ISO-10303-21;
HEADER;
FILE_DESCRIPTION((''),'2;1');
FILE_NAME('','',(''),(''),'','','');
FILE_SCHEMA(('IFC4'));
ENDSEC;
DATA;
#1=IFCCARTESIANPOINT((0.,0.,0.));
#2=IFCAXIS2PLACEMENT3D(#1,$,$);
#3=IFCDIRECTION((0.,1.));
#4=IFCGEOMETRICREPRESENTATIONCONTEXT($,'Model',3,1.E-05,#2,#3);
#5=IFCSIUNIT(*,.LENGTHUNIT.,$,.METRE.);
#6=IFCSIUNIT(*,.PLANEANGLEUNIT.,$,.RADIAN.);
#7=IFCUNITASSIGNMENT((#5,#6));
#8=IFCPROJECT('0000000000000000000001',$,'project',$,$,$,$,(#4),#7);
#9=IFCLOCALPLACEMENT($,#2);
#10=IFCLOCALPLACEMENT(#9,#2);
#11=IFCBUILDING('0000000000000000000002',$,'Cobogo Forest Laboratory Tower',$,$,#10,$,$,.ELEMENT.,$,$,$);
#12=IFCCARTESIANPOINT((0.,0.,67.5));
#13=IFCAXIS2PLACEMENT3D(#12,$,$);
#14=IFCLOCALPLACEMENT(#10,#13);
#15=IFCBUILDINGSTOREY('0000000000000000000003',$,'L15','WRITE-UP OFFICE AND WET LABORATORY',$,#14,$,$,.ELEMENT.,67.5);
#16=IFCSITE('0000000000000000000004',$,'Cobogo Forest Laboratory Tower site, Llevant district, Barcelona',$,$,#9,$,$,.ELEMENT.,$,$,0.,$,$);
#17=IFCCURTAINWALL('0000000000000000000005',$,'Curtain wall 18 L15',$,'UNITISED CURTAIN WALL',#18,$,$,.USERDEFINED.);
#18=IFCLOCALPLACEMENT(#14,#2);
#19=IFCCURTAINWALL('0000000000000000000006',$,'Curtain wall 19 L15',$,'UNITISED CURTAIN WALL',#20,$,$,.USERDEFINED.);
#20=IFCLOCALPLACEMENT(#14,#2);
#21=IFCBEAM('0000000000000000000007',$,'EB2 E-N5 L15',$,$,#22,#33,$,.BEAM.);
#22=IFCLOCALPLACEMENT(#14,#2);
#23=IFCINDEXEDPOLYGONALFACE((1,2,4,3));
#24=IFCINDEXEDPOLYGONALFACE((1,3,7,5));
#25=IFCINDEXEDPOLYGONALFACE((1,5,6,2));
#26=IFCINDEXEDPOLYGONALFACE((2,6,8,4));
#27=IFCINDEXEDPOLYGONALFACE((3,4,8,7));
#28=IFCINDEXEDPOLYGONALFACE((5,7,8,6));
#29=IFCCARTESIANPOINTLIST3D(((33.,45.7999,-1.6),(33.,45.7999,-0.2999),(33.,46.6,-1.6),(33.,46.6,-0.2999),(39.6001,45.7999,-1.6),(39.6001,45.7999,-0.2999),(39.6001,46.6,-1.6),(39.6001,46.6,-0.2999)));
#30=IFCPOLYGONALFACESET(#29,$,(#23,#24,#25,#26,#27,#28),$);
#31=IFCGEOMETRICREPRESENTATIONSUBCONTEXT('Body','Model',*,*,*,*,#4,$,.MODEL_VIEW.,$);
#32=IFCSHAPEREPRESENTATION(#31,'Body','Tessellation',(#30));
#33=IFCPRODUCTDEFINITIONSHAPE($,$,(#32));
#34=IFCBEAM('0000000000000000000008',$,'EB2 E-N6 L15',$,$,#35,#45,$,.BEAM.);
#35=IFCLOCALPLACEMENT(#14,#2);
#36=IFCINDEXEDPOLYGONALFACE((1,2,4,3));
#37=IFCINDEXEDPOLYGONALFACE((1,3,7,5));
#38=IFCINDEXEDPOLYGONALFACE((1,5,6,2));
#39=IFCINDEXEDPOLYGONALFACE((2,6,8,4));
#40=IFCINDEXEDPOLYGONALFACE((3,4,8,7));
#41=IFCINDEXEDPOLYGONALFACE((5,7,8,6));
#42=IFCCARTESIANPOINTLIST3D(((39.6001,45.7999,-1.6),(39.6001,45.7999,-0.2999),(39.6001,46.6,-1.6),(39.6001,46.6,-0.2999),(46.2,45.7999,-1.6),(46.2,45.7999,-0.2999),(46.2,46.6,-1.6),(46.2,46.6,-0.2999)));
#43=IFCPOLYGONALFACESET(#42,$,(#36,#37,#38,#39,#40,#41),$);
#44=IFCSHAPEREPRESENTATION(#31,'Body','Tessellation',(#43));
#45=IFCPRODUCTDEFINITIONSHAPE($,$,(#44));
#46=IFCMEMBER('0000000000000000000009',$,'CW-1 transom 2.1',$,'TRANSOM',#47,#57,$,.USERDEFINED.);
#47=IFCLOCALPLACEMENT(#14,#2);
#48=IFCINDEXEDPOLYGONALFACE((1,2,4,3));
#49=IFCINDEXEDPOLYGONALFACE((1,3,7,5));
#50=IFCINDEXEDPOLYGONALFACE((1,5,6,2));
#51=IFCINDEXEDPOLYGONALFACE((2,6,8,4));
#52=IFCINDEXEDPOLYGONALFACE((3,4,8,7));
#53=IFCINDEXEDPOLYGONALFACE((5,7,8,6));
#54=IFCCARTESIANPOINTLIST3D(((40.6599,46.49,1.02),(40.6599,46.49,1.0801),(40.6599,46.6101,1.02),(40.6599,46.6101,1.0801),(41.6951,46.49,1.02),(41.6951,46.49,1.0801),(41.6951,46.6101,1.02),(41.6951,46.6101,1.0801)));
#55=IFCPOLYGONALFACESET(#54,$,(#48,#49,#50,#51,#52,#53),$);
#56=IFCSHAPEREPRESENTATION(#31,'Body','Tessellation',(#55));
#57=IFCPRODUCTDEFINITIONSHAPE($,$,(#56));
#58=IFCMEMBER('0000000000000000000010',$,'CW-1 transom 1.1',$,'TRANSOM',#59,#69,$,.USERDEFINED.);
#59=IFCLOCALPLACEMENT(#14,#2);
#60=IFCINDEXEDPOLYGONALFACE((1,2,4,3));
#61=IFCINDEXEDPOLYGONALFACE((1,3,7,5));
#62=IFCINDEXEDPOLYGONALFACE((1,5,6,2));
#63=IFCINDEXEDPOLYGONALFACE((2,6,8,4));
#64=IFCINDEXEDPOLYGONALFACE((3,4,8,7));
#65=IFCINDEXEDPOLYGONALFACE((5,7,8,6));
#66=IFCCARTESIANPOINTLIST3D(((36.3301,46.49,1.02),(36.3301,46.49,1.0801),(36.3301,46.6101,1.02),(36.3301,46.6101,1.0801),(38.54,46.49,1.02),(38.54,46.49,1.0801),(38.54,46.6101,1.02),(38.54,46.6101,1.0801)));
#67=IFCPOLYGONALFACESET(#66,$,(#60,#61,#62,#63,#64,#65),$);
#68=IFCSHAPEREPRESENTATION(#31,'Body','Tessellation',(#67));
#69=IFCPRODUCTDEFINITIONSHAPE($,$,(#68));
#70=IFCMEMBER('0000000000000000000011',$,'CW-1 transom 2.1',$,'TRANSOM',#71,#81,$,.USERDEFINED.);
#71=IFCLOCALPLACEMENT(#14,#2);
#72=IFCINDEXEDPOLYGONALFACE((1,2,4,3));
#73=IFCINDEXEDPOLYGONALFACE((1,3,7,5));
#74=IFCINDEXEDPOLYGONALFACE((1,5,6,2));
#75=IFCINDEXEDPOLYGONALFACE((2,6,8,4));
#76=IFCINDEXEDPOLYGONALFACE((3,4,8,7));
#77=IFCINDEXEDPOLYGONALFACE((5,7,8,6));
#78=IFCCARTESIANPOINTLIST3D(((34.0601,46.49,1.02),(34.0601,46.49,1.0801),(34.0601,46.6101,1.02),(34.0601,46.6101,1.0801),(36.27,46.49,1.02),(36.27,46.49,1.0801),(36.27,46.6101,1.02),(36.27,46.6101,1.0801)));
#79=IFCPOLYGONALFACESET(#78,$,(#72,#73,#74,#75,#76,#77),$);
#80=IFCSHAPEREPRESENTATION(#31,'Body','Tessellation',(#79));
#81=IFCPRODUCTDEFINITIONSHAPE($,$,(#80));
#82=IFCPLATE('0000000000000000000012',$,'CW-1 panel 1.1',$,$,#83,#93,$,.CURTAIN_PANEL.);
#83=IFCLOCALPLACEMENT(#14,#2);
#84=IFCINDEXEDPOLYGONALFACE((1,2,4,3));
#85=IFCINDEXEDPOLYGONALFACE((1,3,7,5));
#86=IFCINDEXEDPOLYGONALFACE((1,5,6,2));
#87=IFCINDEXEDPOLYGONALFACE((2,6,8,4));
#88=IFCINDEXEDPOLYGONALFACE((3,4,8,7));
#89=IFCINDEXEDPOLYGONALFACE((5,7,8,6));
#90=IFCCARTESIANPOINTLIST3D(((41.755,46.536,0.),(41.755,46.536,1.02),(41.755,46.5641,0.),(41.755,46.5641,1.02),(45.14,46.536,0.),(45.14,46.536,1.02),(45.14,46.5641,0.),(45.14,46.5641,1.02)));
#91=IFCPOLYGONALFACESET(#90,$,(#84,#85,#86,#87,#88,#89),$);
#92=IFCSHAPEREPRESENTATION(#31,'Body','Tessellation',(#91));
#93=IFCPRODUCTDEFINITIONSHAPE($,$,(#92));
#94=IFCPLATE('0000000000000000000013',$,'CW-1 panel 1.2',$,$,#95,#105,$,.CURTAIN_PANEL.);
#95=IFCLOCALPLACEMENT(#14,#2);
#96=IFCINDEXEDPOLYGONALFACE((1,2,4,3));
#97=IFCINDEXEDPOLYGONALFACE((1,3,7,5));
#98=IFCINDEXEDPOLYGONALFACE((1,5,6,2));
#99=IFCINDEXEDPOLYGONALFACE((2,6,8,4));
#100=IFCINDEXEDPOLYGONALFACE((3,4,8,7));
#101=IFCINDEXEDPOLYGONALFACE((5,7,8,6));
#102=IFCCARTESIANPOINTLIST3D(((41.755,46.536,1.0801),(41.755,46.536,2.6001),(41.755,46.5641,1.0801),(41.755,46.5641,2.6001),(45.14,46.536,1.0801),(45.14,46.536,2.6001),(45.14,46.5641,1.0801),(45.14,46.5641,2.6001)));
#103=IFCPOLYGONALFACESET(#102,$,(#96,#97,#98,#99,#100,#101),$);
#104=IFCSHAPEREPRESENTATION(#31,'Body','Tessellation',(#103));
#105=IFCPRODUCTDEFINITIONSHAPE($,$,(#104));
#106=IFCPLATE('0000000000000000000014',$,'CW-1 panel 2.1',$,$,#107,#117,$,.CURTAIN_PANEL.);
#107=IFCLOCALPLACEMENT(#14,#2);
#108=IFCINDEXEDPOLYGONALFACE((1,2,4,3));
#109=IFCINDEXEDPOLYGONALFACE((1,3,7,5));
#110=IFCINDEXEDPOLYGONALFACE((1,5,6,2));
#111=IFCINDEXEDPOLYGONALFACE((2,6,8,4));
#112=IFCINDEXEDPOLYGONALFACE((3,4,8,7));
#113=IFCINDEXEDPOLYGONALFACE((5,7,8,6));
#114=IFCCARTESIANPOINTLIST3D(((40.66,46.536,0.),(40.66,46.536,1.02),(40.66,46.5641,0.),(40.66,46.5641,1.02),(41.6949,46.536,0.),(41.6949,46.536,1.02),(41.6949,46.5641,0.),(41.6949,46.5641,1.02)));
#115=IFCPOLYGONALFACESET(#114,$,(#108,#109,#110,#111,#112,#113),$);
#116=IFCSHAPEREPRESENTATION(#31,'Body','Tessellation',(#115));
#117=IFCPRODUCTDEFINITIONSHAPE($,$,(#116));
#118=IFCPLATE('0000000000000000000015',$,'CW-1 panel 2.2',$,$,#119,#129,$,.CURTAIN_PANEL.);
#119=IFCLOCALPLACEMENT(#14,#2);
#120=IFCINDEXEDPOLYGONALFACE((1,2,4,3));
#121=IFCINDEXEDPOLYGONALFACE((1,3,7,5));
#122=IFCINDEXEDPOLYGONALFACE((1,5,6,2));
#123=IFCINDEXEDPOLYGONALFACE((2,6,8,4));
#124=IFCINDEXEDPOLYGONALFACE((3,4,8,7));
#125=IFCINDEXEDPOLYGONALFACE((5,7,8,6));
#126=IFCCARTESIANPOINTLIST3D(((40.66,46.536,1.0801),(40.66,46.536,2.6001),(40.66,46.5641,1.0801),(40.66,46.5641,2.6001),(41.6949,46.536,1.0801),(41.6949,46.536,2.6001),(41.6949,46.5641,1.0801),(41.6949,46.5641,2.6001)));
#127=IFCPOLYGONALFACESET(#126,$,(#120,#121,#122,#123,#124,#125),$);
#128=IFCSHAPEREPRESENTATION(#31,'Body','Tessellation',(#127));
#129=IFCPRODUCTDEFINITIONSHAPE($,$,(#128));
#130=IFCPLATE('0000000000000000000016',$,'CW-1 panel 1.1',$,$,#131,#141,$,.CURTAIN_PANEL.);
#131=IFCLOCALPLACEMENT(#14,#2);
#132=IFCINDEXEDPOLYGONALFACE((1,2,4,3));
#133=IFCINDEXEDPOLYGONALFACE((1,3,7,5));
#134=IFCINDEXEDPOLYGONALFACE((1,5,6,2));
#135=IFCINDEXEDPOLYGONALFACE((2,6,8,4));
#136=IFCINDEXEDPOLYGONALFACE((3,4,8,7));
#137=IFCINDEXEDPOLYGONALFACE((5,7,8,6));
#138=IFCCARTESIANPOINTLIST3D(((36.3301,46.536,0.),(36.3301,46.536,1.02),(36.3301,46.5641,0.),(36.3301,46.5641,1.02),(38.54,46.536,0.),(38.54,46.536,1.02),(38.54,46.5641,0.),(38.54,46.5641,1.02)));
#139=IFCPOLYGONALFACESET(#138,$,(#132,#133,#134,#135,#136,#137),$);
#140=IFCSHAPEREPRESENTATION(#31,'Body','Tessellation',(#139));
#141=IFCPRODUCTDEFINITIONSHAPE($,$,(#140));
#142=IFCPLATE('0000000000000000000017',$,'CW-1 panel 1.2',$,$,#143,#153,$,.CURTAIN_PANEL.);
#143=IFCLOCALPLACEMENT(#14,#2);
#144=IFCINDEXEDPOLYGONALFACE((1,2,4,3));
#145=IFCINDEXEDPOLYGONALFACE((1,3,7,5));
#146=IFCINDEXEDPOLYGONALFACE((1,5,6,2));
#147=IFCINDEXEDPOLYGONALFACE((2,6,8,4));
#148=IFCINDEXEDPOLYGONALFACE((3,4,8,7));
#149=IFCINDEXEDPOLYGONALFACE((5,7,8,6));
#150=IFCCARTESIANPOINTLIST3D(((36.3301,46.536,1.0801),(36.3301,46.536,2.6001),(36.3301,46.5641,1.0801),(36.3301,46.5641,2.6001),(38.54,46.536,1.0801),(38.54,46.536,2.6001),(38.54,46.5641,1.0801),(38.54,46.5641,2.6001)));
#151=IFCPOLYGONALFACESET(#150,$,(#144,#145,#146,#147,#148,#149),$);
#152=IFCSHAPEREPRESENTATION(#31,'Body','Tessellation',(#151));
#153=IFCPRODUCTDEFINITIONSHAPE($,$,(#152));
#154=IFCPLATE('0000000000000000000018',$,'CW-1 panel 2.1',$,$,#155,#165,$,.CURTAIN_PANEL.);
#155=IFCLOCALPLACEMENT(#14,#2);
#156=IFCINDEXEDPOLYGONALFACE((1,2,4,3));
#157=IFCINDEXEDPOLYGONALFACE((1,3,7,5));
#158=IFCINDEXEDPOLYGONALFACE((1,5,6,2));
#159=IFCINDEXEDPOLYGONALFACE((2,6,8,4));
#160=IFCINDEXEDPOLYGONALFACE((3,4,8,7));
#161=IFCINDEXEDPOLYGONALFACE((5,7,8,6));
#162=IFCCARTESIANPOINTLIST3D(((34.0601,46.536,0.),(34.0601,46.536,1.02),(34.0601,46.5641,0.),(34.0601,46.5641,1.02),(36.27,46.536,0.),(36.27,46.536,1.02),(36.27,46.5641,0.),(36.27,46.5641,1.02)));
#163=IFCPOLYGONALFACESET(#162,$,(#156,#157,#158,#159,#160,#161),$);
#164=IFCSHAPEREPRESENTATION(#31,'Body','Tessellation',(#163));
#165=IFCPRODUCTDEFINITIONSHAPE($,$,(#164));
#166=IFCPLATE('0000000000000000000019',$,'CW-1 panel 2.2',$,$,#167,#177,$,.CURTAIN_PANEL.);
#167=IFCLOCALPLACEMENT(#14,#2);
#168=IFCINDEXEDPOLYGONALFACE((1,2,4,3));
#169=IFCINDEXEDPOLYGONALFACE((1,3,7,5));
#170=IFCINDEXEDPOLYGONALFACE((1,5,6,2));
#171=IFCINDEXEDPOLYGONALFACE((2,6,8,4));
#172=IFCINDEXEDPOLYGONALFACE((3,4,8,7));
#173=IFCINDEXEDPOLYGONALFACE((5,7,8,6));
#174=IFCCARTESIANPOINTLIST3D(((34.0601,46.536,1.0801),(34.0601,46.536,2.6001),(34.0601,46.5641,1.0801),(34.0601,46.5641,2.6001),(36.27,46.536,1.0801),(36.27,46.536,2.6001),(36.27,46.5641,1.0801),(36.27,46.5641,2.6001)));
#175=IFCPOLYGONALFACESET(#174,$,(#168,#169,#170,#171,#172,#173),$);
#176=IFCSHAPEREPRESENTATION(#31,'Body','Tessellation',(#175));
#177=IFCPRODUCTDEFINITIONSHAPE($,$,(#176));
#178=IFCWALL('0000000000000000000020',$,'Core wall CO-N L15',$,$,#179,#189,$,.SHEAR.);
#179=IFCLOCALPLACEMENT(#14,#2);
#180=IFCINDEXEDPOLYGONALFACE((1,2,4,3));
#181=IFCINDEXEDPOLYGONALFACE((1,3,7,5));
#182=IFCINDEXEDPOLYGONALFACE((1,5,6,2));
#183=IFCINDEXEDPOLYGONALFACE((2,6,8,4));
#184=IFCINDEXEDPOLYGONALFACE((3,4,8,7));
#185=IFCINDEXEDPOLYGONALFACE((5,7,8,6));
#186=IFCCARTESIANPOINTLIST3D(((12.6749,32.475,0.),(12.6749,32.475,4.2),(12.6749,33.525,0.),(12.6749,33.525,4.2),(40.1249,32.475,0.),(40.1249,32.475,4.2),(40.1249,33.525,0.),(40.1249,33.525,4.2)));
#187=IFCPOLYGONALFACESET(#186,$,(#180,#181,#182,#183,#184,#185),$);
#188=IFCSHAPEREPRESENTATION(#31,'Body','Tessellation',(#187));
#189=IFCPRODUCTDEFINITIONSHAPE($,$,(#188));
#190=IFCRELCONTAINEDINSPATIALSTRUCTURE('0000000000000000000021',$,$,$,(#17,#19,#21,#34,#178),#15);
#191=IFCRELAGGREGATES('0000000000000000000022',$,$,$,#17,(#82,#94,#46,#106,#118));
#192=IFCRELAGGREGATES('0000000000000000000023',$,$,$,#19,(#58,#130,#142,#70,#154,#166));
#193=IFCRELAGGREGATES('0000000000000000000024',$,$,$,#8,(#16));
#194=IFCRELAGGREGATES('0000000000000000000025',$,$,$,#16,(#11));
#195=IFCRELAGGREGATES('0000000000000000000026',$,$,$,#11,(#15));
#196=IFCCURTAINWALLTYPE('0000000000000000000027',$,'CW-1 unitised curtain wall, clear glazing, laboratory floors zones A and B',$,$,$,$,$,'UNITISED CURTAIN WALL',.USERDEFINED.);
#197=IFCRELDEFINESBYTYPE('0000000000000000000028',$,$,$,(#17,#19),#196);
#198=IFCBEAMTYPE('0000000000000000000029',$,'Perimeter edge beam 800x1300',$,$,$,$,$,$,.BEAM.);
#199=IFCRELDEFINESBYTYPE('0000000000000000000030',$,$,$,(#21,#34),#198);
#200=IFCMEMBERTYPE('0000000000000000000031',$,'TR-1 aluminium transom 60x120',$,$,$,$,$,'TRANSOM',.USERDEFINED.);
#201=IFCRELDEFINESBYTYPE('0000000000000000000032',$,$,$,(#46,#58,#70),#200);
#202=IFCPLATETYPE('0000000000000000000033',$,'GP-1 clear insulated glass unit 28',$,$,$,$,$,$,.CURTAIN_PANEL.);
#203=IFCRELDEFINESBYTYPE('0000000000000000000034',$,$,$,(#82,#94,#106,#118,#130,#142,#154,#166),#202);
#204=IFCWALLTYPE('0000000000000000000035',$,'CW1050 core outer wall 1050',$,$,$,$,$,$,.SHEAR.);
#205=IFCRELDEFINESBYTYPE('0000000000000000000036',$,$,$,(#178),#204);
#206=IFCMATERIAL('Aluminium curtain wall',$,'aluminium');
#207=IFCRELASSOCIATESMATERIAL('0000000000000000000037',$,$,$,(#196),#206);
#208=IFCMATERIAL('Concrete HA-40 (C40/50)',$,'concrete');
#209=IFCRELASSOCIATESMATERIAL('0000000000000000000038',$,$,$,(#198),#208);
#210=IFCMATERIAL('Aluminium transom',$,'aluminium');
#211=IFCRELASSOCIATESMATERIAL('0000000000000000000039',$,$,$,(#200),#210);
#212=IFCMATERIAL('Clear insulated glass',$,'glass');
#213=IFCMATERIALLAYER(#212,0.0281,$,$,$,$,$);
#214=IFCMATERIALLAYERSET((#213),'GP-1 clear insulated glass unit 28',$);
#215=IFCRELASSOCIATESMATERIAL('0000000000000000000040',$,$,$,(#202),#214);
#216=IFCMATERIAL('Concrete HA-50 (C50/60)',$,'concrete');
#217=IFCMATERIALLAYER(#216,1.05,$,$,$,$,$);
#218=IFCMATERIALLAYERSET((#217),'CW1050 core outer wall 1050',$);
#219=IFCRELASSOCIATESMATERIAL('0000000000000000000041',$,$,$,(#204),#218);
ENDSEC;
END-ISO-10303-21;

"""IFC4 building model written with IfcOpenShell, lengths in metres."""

from ifc_helpers import new_model, si_unit, direction, frame, frame_2d, origin, origin_2d, place, context, subcontext, project, spatial, rectangle, extrude, material, layer, layer_set, material_profile, profile_set, type_object, element, aggregate, save


model = new_model("IFC4")

# Units and contexts
model_context = context("Model", 3, precision=1e-05, world=origin(), true_north=direction((0.0, 1.0)))
body_context = subcontext(model_context, "Body", "Model", "MODEL_VIEW")
ifc_project = project(units=[si_unit("LENGTHUNIT", "METRE"), si_unit("PLANEANGLEUNIT", "RADIAN")], contexts=[model_context])

# Site, building, storey
site_placement = place(None, origin())
site = spatial("IfcSite", under=ifc_project, at=site_placement, Name="Cobogo Forest Laboratory Tower site, Llevant district, Barcelona", CompositionType="ELEMENT", RefElevation=0.0)
building_placement = place(site_placement, origin())
building = spatial("IfcBuilding", under=site, at=building_placement, Name="Cobogo Forest Laboratory Tower", CompositionType="ELEMENT")
storey_placement = place(building_placement, frame((0.0, 0.0, 67.5)))
storey = spatial("IfcBuildingStorey", under=building, at=storey_placement, Name="L15", Description="WRITE-UP OFFICE AND WET LABORATORY", CompositionType="ELEMENT", Elevation=67.5)

# Shared definitions
ifc_material_1 = material(Name="Concrete HA-50 (C50/60)", Category="concrete")

# Shared definitions
ifc_material_2 = material(Name="Concrete HA-40 (C40/50)", Category="concrete")

# Curtain walls
ifc_material_3 = material(Name="Aluminium curtain wall", Category="aluminium")
curtain_wall_type = type_object("IfcCurtainWallType", Name="CW-1 unitised curtain wall, clear glazing, laboratory floors zones A and B", ElementType="UNITISED CURTAIN WALL", PredefinedType="USERDEFINED", material=ifc_material_3)
curtain_wall_1_placement = place(storey_placement, origin())
curtain_wall_1 = element("IfcCurtainWall", 1, at=curtain_wall_1_placement, inside=storey, type_object=curtain_wall_type, Name="Curtain wall 18 L15", ObjectType="UNITISED CURTAIN WALL", PredefinedType="USERDEFINED")
curtain_wall_2_placement = place(storey_placement, origin())
curtain_wall_2 = element("IfcCurtainWall", 2, at=curtain_wall_2_placement, inside=storey, type_object=curtain_wall_type, Name="Curtain wall 19 L15", ObjectType="UNITISED CURTAIN WALL", PredefinedType="USERDEFINED")

# Beams
ifc_material_profile_1 = material_profile(ifc_material_2, rectangle(XDim=0.8, YDim=1.3, at=origin_2d()), Name="RC 800x1300")
ifc_profile_set_1 = profile_set([ifc_material_profile_1], Name="Concrete HA-40 (C40/50)")
beam_type_1 = type_object("IfcBeamType", Name="Perimeter edge beam 800x1300", PredefinedType="BEAM", material=ifc_profile_set_1)
beam_1_placement = place(storey_placement, frame((33.0, 46.2, -0.95), z_axis=(1.0, 0.0, 0.0), x_axis=(0.0, 1.0, 0.0)))
element("IfcBeam", 3, at=beam_1_placement, inside=storey, type_object=beam_type_1, Name="EB2 E-N5 L15", PredefinedType="BEAM", context=body_context, shape_type="SweptSolid", body=[
    extrude(rectangle(XDim=0.8, YDim=1.3, at=origin_2d()), origin(), (0.0, 0.0, 1.0), 6.6001),
])
beam_2_placement = place(storey_placement, frame((39.6001, 46.2, -0.95), z_axis=(1.0, 0.0, 0.0), x_axis=(0.0, 1.0, 0.0)))
element("IfcBeam", 4, at=beam_2_placement, inside=storey, type_object=beam_type_1, Name="EB2 E-N6 L15", PredefinedType="BEAM", context=body_context, shape_type="SweptSolid", body=[
    extrude(rectangle(XDim=0.8, YDim=1.3, at=origin_2d()), origin(), (0.0, 0.0, 1.0), 6.5999),
])

# Members
ifc_material_4 = material(Name="Aluminium transom", Category="aluminium")
ifc_material_profile_2 = material_profile(ifc_material_4, rectangle(XDim=0.1201, YDim=0.0601, at=origin_2d()), Name="AL 60x120")
ifc_profile_set_2 = profile_set([ifc_material_profile_2], Name="Aluminium transom")
member_type_1 = type_object("IfcMemberType", Name="TR-1 aluminium transom 60x120", ElementType="TRANSOM", PredefinedType="USERDEFINED", material=ifc_profile_set_2)
member_1_placement = place(storey_placement, frame((41.6951, 46.55, 1.05), z_axis=(-1.0, 0.0, 0.0), x_axis=(0.0, -1.0, 0.0)))
member_1 = element("IfcMember", 5, at=member_1_placement, type_object=member_type_1, Name="CW-1 transom 2.1", ObjectType="TRANSOM", PredefinedType="USERDEFINED", context=body_context, shape_type="SweptSolid", body=[
    extrude(rectangle(XDim=0.1201, YDim=0.0601, at=origin_2d()), origin(), (0.0, 0.0, 1.0), 1.0352),
])
member_2_placement = place(storey_placement, frame((38.54, 46.55, 1.05), z_axis=(-1.0, 0.0, 0.0), x_axis=(0.0, -1.0, 0.0)))
member_2 = element("IfcMember", 6, at=member_2_placement, type_object=member_type_1, Name="CW-1 transom 1.1", ObjectType="TRANSOM", PredefinedType="USERDEFINED", context=body_context, shape_type="SweptSolid", body=[
    extrude(rectangle(XDim=0.1201, YDim=0.0601, at=origin_2d()), origin(), (0.0, 0.0, 1.0), 2.21),
])
member_3_placement = place(storey_placement, frame((36.27, 46.55, 1.05), z_axis=(-1.0, 0.0, 0.0), x_axis=(0.0, -1.0, 0.0)))
member_3 = element("IfcMember", 7, at=member_3_placement, type_object=member_type_1, Name="CW-1 transom 2.1", ObjectType="TRANSOM", PredefinedType="USERDEFINED", context=body_context, shape_type="SweptSolid", body=[
    extrude(rectangle(XDim=0.1201, YDim=0.0601, at=origin_2d()), origin(), (0.0, 0.0, 1.0), 2.21),
])

# Plates
ifc_material_5 = material(Name="Clear insulated glass", Category="glass")
ifc_layer_1 = layer(ifc_material_5, 0.0281)
ifc_layer_set_1 = layer_set([ifc_layer_1], Name="GP-1 clear insulated glass unit 28")
plate_type_1 = type_object("IfcPlateType", Name="GP-1 clear insulated glass unit 28", PredefinedType="CURTAIN_PANEL", material=ifc_layer_set_1)
plate_1_placement = place(storey_placement, frame((43.4475, 46.55, 0.0), z_axis=(0.0, 0.0, 1.0), x_axis=(-1.0, 0.0, 0.0)))
plate_1 = element("IfcPlate", 8, at=plate_1_placement, type_object=plate_type_1, Name="CW-1 panel 1.1", PredefinedType="CURTAIN_PANEL", context=body_context, shape_type="SweptSolid", body=[
    extrude(rectangle(XDim=3.385, YDim=0.0281, at=origin_2d()), origin(), (0.0, 0.0, 1.0), 1.02),
])
plate_2_placement = place(storey_placement, frame((43.4475, 46.55, 1.0801), z_axis=(0.0, 0.0, 1.0), x_axis=(-1.0, 0.0, 0.0)))
plate_2 = element("IfcPlate", 9, at=plate_2_placement, type_object=plate_type_1, Name="CW-1 panel 1.2", PredefinedType="CURTAIN_PANEL", context=body_context, shape_type="SweptSolid", body=[
    extrude(rectangle(XDim=3.385, YDim=0.0281, at=origin_2d()), origin(), (0.0, 0.0, 1.0), 1.52),
])
plate_3_placement = place(storey_placement, frame((41.1775, 46.55, 0.0), z_axis=(0.0, 0.0, 1.0), x_axis=(-1.0, 0.0, 0.0)))
plate_3 = element("IfcPlate", 10, at=plate_3_placement, type_object=plate_type_1, Name="CW-1 panel 2.1", PredefinedType="CURTAIN_PANEL", context=body_context, shape_type="SweptSolid", body=[
    extrude(rectangle(XDim=1.0349, YDim=0.0281, at=origin_2d()), origin(), (0.0, 0.0, 1.0), 1.02),
])
plate_4_placement = place(storey_placement, frame((41.1775, 46.55, 1.0801), z_axis=(0.0, 0.0, 1.0), x_axis=(-1.0, 0.0, 0.0)))
plate_4 = element("IfcPlate", 11, at=plate_4_placement, type_object=plate_type_1, Name="CW-1 panel 2.2", PredefinedType="CURTAIN_PANEL", context=body_context, shape_type="SweptSolid", body=[
    extrude(rectangle(XDim=1.0349, YDim=0.0281, at=origin_2d()), origin(), (0.0, 0.0, 1.0), 1.52),
])
aggregate(curtain_wall_1, [plate_1, plate_2, member_1, plate_3, plate_4])
plate_5_placement = place(storey_placement, frame((37.4351, 46.55, 0.0), z_axis=(0.0, 0.0, 1.0), x_axis=(-1.0, 0.0, 0.0)))
plate_5 = element("IfcPlate", 12, at=plate_5_placement, type_object=plate_type_1, Name="CW-1 panel 1.1", PredefinedType="CURTAIN_PANEL", context=body_context, shape_type="SweptSolid", body=[
    extrude(rectangle(XDim=2.21, YDim=0.0281, at=origin_2d()), origin(), (0.0, 0.0, 1.0), 1.02),
])
plate_6_placement = place(storey_placement, frame((37.4351, 46.55, 1.0801), z_axis=(0.0, 0.0, 1.0), x_axis=(-1.0, 0.0, 0.0)))
plate_6 = element("IfcPlate", 13, at=plate_6_placement, type_object=plate_type_1, Name="CW-1 panel 1.2", PredefinedType="CURTAIN_PANEL", context=body_context, shape_type="SweptSolid", body=[
    extrude(rectangle(XDim=2.21, YDim=0.0281, at=origin_2d()), origin(), (0.0, 0.0, 1.0), 1.52),
])
plate_7_placement = place(storey_placement, frame((35.165, 46.55, 0.0), z_axis=(0.0, 0.0, 1.0), x_axis=(-1.0, 0.0, 0.0)))
plate_7 = element("IfcPlate", 14, at=plate_7_placement, type_object=plate_type_1, Name="CW-1 panel 2.1", PredefinedType="CURTAIN_PANEL", context=body_context, shape_type="SweptSolid", body=[
    extrude(rectangle(XDim=2.21, YDim=0.0281, at=origin_2d()), origin(), (0.0, 0.0, 1.0), 1.02),
])
plate_8_placement = place(storey_placement, frame((35.165, 46.55, 1.0801), z_axis=(0.0, 0.0, 1.0), x_axis=(-1.0, 0.0, 0.0)))
plate_8 = element("IfcPlate", 15, at=plate_8_placement, type_object=plate_type_1, Name="CW-1 panel 2.2", PredefinedType="CURTAIN_PANEL", context=body_context, shape_type="SweptSolid", body=[
    extrude(rectangle(XDim=2.21, YDim=0.0281, at=origin_2d()), origin(), (0.0, 0.0, 1.0), 1.52),
])
aggregate(curtain_wall_2, [member_2, plate_5, plate_6, member_3, plate_7, plate_8])

# Wall
ifc_layer_2 = layer(ifc_material_1, 1.05)
ifc_layer_set_2 = layer_set([ifc_layer_2], Name="CW1050 core outer wall 1050")
wall_type_1 = type_object("IfcWallType", Name="CW1050 core outer wall 1050", PredefinedType="SHEAR", material=ifc_layer_set_2)
wall_1_placement = place(storey_placement, frame((40.125, 33.0, 0.0), z_axis=(0.0, 0.0, 1.0), x_axis=(-1.0, 0.0, 0.0)))
element("IfcWall", 16, at=wall_1_placement, inside=storey, type_object=wall_type_1, Name="Core wall CO-N L15", PredefinedType="SHEAR", context=body_context, shape_type="SweptSolid", body=[
    extrude(rectangle(XDim=27.45, YDim=1.05, at=frame_2d((13.7251, 0.0))), origin(), (0.0, 0.0, 1.0), 4.2),
])

save(model, "model.ifc")
